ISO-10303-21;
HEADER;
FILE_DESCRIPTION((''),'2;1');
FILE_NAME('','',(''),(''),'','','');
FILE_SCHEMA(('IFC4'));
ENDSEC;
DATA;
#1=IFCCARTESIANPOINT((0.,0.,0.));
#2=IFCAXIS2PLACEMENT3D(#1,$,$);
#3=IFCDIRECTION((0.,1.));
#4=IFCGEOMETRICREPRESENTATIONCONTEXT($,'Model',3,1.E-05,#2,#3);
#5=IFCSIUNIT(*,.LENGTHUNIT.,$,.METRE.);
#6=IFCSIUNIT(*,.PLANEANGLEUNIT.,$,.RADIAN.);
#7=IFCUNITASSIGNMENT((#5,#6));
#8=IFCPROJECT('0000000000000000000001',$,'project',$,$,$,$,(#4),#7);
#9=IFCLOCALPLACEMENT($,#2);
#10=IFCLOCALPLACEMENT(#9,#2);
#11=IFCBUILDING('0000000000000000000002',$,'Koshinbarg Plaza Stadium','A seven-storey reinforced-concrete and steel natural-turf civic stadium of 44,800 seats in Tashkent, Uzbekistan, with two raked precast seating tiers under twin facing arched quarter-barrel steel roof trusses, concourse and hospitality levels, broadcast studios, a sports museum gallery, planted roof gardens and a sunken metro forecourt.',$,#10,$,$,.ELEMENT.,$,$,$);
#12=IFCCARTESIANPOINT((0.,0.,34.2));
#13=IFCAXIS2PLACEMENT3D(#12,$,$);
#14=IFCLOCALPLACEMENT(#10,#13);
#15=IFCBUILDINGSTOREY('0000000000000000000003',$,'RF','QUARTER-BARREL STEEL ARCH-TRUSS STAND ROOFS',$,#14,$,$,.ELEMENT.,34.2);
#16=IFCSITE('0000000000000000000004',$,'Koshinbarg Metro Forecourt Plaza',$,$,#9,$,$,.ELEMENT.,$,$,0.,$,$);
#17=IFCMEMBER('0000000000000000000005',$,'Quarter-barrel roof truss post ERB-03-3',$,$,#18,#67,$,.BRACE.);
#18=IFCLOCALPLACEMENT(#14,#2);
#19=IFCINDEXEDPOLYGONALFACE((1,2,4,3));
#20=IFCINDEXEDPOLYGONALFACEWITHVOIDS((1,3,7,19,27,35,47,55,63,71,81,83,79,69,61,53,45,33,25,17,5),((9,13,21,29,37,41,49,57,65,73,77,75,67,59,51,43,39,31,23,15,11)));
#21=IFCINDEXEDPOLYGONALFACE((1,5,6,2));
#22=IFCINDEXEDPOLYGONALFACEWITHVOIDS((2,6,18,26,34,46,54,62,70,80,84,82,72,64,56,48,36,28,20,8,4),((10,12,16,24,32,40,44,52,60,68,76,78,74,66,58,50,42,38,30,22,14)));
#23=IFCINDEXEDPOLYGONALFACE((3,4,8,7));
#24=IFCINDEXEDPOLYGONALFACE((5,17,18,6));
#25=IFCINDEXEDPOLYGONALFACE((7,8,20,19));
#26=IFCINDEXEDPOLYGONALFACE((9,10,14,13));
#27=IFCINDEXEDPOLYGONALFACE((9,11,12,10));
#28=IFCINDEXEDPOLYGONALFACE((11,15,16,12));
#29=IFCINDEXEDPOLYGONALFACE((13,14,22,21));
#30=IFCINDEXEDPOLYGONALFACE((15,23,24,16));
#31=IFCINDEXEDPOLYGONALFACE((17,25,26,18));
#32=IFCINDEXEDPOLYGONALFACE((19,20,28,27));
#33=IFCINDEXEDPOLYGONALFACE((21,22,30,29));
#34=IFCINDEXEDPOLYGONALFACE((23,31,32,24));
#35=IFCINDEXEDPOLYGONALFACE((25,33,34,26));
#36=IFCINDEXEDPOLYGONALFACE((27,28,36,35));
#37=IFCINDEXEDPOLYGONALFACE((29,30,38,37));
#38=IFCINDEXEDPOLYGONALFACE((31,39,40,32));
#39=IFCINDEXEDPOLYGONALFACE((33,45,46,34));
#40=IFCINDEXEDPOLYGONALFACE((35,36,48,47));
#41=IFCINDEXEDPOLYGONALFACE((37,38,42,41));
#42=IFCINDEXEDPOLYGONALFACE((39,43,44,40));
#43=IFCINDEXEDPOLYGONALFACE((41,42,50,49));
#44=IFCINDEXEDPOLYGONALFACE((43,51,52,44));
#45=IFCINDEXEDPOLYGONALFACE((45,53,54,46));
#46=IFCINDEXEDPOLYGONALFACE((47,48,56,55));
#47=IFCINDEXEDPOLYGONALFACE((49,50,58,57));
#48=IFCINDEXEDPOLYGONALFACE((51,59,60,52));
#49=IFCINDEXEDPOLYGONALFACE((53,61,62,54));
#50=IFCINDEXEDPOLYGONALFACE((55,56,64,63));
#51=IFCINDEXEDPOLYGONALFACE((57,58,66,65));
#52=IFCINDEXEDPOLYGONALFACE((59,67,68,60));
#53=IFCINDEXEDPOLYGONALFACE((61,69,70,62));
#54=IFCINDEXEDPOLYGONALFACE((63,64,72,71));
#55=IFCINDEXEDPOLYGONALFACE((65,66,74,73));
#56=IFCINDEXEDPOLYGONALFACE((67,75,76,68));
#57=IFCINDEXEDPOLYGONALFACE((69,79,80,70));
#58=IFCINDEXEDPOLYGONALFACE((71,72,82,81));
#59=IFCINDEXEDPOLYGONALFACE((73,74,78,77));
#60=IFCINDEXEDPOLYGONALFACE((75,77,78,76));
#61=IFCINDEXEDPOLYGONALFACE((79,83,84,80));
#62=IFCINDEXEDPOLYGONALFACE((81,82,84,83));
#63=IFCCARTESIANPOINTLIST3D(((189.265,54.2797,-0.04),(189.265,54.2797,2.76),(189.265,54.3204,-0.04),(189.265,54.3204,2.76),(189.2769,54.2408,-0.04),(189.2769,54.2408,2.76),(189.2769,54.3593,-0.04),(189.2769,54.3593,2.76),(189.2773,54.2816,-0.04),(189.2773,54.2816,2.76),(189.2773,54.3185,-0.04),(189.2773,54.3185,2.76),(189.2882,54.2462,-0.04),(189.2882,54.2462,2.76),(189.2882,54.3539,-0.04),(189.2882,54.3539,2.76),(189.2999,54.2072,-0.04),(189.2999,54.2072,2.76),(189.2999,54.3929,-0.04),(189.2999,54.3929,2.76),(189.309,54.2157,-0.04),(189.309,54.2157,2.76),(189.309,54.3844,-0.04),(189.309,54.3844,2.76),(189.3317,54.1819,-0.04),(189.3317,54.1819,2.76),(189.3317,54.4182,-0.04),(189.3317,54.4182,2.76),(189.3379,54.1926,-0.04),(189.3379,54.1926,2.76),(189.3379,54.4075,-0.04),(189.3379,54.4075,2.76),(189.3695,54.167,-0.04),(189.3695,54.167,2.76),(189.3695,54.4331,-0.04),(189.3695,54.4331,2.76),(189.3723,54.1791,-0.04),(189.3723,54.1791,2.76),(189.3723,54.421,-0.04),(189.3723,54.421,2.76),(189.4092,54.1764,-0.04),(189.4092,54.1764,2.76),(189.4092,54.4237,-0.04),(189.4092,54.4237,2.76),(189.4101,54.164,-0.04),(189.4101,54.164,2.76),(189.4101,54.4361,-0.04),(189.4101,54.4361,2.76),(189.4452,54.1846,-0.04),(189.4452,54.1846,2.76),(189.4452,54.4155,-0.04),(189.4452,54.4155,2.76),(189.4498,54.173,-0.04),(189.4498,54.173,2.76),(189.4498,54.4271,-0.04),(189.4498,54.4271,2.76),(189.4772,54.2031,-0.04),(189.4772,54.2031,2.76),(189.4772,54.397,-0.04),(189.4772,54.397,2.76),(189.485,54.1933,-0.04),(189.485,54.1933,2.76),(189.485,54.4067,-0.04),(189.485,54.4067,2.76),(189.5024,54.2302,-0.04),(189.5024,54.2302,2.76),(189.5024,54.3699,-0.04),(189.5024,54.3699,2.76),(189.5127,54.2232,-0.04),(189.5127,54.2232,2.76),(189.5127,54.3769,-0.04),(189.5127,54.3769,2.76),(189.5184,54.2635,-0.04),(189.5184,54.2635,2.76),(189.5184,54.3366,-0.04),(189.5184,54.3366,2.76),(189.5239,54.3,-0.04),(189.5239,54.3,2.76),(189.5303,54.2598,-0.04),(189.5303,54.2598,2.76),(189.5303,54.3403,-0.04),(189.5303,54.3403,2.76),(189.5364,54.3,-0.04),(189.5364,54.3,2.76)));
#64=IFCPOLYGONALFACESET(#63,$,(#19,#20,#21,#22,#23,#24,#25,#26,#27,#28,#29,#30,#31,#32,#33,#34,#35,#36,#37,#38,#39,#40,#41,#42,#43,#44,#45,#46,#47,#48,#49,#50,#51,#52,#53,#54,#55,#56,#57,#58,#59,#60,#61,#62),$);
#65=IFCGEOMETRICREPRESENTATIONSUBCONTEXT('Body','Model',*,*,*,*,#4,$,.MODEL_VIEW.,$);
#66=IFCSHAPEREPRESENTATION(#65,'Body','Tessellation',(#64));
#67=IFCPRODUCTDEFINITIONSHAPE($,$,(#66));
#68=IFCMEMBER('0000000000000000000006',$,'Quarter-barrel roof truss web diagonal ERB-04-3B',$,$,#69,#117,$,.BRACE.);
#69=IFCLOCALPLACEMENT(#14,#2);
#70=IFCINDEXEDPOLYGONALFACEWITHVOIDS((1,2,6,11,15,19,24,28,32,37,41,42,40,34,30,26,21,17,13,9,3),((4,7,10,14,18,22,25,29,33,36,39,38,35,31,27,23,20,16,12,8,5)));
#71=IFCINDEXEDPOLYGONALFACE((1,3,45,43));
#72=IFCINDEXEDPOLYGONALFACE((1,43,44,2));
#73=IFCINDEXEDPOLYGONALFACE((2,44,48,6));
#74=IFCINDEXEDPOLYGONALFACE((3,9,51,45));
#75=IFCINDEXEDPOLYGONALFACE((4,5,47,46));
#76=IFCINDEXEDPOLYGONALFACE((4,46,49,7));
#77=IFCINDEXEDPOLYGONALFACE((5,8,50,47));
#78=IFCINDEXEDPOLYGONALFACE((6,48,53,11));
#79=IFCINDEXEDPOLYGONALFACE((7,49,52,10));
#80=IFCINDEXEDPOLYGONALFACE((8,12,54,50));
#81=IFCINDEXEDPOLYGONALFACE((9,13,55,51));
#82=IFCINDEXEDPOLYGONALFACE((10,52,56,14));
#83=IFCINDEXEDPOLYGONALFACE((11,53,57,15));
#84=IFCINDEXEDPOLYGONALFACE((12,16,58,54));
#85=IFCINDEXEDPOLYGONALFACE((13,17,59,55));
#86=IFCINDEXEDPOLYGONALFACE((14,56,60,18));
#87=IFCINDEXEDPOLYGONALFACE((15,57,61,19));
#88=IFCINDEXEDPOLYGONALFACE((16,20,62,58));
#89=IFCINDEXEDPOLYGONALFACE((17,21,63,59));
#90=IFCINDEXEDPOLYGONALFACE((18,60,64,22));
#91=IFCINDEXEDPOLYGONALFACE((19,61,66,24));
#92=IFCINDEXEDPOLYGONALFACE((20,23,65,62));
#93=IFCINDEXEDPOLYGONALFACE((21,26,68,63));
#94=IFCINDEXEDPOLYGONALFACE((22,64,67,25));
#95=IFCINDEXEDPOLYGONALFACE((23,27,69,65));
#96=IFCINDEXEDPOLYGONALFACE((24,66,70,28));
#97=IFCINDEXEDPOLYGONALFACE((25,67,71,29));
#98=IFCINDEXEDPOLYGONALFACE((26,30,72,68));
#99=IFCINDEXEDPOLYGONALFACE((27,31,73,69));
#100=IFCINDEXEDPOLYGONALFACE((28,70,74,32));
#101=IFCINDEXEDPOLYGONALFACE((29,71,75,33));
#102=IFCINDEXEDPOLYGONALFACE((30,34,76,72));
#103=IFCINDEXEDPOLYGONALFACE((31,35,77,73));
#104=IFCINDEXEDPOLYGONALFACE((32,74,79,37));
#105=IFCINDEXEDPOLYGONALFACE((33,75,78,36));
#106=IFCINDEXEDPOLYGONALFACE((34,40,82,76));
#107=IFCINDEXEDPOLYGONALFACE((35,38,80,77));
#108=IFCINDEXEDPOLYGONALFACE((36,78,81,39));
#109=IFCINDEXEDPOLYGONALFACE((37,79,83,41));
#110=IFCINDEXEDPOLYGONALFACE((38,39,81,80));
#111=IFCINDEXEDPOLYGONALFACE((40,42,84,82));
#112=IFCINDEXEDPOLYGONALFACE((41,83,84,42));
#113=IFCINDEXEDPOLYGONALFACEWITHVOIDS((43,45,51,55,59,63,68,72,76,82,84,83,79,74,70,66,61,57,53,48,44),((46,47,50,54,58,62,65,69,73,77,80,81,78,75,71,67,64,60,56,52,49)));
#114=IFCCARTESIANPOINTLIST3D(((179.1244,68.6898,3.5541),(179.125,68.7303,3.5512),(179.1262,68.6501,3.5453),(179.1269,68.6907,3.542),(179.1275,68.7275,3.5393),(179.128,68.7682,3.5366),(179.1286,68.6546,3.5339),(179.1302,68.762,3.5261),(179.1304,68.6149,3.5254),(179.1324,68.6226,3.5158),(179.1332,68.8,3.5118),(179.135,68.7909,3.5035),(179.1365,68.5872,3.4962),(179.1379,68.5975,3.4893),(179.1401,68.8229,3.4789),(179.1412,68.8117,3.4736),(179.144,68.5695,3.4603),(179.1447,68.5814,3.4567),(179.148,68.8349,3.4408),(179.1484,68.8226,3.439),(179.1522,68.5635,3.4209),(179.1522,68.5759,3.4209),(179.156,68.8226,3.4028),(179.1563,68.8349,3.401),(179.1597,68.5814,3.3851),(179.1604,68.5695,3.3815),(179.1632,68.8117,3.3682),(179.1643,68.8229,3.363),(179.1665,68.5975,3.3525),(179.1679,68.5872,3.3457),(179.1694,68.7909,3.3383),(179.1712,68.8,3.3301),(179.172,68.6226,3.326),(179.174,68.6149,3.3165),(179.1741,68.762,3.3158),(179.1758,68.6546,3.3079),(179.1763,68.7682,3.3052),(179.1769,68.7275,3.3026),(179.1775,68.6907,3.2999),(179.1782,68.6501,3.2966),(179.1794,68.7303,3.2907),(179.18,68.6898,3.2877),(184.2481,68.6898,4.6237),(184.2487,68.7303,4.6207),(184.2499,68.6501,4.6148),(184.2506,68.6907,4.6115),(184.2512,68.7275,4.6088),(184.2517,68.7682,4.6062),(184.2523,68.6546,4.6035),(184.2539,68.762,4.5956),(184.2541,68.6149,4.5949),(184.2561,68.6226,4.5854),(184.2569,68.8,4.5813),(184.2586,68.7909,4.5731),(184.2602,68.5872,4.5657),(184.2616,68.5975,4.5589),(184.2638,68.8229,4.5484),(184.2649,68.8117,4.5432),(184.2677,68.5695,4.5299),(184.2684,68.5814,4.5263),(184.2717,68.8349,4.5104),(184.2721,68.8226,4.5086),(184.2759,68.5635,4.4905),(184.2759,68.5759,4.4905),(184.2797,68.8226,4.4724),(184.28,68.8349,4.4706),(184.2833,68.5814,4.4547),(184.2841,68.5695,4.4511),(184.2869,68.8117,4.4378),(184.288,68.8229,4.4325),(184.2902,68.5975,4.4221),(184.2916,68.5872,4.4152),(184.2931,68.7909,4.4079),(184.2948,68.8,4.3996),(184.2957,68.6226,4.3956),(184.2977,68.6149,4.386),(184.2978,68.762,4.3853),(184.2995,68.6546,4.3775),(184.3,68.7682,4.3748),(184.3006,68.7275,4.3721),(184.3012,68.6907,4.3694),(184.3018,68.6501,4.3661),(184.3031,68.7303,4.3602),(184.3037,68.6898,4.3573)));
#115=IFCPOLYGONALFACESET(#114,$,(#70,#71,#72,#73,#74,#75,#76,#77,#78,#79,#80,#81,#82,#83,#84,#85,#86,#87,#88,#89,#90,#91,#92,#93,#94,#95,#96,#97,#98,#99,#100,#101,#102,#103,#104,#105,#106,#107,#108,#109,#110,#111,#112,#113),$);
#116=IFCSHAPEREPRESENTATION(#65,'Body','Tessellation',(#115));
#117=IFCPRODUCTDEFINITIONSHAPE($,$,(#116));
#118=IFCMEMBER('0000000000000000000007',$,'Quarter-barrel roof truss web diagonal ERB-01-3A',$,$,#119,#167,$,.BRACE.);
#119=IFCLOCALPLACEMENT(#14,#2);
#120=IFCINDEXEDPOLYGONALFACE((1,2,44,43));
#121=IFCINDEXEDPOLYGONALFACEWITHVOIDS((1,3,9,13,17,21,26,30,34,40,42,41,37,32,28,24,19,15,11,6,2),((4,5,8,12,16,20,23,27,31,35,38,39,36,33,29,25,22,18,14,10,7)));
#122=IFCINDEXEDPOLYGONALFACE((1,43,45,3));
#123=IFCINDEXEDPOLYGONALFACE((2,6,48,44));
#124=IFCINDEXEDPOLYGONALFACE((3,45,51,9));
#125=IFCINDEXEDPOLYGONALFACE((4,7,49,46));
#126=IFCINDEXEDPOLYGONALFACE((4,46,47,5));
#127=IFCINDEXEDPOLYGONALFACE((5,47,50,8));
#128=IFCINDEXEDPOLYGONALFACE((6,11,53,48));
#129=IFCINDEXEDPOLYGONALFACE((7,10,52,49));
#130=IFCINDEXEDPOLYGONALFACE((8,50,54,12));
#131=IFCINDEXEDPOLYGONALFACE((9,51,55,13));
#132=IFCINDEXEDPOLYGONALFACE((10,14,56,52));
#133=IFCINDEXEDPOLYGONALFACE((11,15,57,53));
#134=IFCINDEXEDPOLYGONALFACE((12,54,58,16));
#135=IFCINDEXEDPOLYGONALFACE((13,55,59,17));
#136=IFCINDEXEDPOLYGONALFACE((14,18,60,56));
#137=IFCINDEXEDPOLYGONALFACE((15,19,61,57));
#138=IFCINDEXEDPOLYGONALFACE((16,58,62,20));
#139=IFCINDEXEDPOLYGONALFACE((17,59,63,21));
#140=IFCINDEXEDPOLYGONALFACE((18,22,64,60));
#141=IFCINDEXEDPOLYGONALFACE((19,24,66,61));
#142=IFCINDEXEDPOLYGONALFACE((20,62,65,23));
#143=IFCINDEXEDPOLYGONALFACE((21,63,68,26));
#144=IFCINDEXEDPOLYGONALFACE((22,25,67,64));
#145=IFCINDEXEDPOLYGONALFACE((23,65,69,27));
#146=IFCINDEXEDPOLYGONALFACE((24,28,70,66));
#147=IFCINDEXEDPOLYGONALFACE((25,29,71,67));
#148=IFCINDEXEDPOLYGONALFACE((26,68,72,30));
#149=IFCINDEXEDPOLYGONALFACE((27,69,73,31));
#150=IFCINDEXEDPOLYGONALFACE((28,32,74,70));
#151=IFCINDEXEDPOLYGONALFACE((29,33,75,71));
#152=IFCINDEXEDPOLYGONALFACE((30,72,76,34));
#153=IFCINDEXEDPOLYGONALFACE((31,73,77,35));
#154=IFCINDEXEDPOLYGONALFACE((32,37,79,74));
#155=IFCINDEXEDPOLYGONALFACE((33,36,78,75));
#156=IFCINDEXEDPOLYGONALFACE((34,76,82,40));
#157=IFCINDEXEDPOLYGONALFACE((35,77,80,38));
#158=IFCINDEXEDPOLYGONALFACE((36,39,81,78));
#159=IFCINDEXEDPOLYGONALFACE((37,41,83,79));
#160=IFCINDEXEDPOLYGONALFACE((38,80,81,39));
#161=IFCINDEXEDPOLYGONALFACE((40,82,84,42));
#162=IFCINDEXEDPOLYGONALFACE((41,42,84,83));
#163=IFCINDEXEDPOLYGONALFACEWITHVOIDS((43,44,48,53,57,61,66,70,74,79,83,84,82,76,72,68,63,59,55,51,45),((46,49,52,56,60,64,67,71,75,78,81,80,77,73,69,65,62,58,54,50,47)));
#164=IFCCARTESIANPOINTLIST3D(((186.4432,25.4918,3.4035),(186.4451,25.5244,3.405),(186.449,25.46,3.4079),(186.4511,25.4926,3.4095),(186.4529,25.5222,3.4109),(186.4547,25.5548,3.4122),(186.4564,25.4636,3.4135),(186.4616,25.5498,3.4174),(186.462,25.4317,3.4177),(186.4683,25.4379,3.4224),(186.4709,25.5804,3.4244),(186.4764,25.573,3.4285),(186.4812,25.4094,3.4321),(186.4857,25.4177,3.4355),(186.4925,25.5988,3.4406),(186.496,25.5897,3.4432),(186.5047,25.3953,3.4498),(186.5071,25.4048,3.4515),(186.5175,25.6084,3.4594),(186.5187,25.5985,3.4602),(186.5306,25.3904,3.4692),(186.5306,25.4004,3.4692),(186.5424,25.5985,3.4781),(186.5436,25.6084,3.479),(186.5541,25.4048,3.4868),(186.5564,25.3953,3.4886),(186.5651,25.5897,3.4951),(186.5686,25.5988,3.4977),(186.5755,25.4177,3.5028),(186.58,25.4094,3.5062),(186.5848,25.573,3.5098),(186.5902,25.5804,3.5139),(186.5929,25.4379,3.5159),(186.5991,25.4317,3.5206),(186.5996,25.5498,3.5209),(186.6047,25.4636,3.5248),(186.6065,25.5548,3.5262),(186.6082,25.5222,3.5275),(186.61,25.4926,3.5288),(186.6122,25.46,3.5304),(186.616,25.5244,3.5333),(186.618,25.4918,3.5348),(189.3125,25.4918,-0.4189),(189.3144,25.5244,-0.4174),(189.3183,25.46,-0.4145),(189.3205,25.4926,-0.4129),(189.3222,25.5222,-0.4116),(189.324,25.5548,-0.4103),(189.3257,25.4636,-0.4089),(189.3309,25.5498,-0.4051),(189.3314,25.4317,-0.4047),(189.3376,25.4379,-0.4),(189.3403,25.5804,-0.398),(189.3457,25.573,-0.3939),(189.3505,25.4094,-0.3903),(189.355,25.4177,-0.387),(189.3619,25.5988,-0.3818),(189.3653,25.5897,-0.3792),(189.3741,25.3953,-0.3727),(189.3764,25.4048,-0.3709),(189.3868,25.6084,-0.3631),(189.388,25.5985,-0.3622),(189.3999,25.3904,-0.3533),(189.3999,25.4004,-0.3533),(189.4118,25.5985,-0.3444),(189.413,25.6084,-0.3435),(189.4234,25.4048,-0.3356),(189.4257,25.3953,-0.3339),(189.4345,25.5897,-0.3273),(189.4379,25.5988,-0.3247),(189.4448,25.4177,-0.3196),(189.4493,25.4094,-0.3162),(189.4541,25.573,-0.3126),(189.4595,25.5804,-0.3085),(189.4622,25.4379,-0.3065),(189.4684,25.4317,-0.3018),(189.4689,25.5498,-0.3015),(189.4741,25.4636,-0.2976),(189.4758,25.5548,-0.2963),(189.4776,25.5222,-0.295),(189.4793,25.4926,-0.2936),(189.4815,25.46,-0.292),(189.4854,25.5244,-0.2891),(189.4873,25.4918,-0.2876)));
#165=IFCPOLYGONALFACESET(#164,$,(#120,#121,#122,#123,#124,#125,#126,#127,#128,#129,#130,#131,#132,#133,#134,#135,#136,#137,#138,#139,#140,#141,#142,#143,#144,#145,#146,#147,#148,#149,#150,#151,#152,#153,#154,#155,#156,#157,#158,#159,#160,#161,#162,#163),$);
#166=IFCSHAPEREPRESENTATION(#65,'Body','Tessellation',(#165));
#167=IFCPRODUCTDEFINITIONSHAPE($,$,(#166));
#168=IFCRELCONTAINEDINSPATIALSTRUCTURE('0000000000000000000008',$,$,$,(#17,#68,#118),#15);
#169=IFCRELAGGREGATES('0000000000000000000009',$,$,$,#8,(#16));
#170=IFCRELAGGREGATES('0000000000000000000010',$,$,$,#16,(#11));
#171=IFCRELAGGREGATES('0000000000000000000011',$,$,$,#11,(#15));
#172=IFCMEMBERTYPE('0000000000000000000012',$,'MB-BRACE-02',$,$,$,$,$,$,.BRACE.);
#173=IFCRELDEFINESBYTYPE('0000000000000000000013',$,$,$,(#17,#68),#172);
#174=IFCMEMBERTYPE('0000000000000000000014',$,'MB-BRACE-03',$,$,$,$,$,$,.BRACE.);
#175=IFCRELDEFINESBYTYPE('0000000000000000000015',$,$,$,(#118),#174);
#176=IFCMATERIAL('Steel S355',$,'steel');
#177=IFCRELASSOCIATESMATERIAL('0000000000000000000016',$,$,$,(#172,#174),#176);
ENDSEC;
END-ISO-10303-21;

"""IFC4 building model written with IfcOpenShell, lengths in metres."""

from ifc_helpers import new_model, si_unit, direction, frame, origin, origin_2d, place, context, subcontext, project, spatial, hollow_circle, extrude, material, material_profile, profile_set, type_object, element, save


model = new_model("IFC4")

# Units and contexts
model_context = context("Model", 3, precision=1e-05, world=origin(), true_north=direction((0.0, 1.0)))
body_context = subcontext(model_context, "Body", "Model", "MODEL_VIEW")
ifc_project = project(units=[si_unit("LENGTHUNIT", "METRE"), si_unit("PLANEANGLEUNIT", "RADIAN")], contexts=[model_context])

# Site, building, storey
site_placement = place(None, origin())
site = spatial("IfcSite", under=ifc_project, at=site_placement, Name="Koshinbarg Metro Forecourt Plaza", CompositionType="ELEMENT", RefElevation=0.0)
building_placement = place(site_placement, origin())
building = spatial("IfcBuilding", under=site, at=building_placement, Name="Koshinbarg Plaza Stadium", Description="A seven-storey reinforced-concrete and steel natural-turf civic stadium of 44,800 seats in Tashkent, Uzbekistan, with two raked precast seating tiers under twin facing arched quarter-barrel steel roof trusses, concourse and hospitality levels, broadcast studios, a sports museum gallery, planted roof gardens and a sunken metro forecourt.", CompositionType="ELEMENT")
storey_placement = place(building_placement, frame((0.0, 0.0, 34.2)))
storey = spatial("IfcBuildingStorey", under=building, at=storey_placement, Name="RF", Description="QUARTER-BARREL STEEL ARCH-TRUSS STAND ROOFS", CompositionType="ELEMENT", Elevation=34.2)

# Members
ifc_material_1 = material(Name="Steel S355", Category="steel")
ifc_material_profile_1 = material_profile(ifc_material_1, hollow_circle(Radius=0.1365, WallThickness=0.0125, at=origin_2d()), Name="CHS 273x12.5")
ifc_profile_set_1 = profile_set([ifc_material_profile_1], Name="Steel S355")
member_type_1 = type_object("IfcMemberType", Name="MB-BRACE-02", PredefinedType="BRACE", material=ifc_profile_set_1)
for number, where, z_axis, x_axis, name in (
    (1, (189.3999, 54.3, -0.04), (0.0, 0.0, 1.0), (1.0, 0.0, 0.0), "Quarter-barrel roof truss post ERB-03-3"),
):
    element("IfcMember", number, at=place(storey_placement, frame(where, z_axis=z_axis, x_axis=x_axis)), inside=storey, type_object=member_type_1, Name=name, PredefinedType="BRACE", context=body_context, shape_type="SweptSolid", body=[
        extrude(hollow_circle(Radius=0.1365, WallThickness=0.0125, at=origin_2d()), origin(), (0.0, 0.0, 1.0), 2.8),
    ])
member_1_placement = place(storey_placement, frame((184.2759, 68.7, 4.4905), z_axis=(-0.978899, 0.0, -0.204344), x_axis=(0.0, -1.0, 0.0)))
element("IfcMember", 2, at=member_1_placement, inside=storey, type_object=member_type_1, Name="Quarter-barrel roof truss web diagonal ERB-04-3B", PredefinedType="BRACE", context=body_context, shape_type="SweptSolid", body=[
    extrude(hollow_circle(Radius=0.1365, WallThickness=0.0125, at=origin_2d()), origin(), (0.0, 0.0, 1.0), 5.2341),
])
ifc_material_profile_2 = material_profile(ifc_material_1, hollow_circle(Radius=0.1096, WallThickness=0.01, at=origin_2d()), Name="CHS 219.1x10")
ifc_profile_set_2 = profile_set([ifc_material_profile_2], Name="Steel S355")
member_type_2 = type_object("IfcMemberType", Name="MB-BRACE-03", PredefinedType="BRACE", material=ifc_profile_set_2)
member_2_placement = place(storey_placement, frame((189.3999, 25.5, -0.3533), z_axis=(-0.600335, 0.0, 0.799749), x_axis=(0.0, -1.0, 0.0)))
element("IfcMember", 3, at=member_2_placement, inside=storey, type_object=member_type_2, Name="Quarter-barrel roof truss web diagonal ERB-01-3A", PredefinedType="BRACE", context=body_context, shape_type="SweptSolid", body=[
    extrude(hollow_circle(Radius=0.1096, WallThickness=0.01, at=origin_2d()), origin(), (0.0, 0.0, 1.0), 4.7795),
])

save(model, "model.ifc")
